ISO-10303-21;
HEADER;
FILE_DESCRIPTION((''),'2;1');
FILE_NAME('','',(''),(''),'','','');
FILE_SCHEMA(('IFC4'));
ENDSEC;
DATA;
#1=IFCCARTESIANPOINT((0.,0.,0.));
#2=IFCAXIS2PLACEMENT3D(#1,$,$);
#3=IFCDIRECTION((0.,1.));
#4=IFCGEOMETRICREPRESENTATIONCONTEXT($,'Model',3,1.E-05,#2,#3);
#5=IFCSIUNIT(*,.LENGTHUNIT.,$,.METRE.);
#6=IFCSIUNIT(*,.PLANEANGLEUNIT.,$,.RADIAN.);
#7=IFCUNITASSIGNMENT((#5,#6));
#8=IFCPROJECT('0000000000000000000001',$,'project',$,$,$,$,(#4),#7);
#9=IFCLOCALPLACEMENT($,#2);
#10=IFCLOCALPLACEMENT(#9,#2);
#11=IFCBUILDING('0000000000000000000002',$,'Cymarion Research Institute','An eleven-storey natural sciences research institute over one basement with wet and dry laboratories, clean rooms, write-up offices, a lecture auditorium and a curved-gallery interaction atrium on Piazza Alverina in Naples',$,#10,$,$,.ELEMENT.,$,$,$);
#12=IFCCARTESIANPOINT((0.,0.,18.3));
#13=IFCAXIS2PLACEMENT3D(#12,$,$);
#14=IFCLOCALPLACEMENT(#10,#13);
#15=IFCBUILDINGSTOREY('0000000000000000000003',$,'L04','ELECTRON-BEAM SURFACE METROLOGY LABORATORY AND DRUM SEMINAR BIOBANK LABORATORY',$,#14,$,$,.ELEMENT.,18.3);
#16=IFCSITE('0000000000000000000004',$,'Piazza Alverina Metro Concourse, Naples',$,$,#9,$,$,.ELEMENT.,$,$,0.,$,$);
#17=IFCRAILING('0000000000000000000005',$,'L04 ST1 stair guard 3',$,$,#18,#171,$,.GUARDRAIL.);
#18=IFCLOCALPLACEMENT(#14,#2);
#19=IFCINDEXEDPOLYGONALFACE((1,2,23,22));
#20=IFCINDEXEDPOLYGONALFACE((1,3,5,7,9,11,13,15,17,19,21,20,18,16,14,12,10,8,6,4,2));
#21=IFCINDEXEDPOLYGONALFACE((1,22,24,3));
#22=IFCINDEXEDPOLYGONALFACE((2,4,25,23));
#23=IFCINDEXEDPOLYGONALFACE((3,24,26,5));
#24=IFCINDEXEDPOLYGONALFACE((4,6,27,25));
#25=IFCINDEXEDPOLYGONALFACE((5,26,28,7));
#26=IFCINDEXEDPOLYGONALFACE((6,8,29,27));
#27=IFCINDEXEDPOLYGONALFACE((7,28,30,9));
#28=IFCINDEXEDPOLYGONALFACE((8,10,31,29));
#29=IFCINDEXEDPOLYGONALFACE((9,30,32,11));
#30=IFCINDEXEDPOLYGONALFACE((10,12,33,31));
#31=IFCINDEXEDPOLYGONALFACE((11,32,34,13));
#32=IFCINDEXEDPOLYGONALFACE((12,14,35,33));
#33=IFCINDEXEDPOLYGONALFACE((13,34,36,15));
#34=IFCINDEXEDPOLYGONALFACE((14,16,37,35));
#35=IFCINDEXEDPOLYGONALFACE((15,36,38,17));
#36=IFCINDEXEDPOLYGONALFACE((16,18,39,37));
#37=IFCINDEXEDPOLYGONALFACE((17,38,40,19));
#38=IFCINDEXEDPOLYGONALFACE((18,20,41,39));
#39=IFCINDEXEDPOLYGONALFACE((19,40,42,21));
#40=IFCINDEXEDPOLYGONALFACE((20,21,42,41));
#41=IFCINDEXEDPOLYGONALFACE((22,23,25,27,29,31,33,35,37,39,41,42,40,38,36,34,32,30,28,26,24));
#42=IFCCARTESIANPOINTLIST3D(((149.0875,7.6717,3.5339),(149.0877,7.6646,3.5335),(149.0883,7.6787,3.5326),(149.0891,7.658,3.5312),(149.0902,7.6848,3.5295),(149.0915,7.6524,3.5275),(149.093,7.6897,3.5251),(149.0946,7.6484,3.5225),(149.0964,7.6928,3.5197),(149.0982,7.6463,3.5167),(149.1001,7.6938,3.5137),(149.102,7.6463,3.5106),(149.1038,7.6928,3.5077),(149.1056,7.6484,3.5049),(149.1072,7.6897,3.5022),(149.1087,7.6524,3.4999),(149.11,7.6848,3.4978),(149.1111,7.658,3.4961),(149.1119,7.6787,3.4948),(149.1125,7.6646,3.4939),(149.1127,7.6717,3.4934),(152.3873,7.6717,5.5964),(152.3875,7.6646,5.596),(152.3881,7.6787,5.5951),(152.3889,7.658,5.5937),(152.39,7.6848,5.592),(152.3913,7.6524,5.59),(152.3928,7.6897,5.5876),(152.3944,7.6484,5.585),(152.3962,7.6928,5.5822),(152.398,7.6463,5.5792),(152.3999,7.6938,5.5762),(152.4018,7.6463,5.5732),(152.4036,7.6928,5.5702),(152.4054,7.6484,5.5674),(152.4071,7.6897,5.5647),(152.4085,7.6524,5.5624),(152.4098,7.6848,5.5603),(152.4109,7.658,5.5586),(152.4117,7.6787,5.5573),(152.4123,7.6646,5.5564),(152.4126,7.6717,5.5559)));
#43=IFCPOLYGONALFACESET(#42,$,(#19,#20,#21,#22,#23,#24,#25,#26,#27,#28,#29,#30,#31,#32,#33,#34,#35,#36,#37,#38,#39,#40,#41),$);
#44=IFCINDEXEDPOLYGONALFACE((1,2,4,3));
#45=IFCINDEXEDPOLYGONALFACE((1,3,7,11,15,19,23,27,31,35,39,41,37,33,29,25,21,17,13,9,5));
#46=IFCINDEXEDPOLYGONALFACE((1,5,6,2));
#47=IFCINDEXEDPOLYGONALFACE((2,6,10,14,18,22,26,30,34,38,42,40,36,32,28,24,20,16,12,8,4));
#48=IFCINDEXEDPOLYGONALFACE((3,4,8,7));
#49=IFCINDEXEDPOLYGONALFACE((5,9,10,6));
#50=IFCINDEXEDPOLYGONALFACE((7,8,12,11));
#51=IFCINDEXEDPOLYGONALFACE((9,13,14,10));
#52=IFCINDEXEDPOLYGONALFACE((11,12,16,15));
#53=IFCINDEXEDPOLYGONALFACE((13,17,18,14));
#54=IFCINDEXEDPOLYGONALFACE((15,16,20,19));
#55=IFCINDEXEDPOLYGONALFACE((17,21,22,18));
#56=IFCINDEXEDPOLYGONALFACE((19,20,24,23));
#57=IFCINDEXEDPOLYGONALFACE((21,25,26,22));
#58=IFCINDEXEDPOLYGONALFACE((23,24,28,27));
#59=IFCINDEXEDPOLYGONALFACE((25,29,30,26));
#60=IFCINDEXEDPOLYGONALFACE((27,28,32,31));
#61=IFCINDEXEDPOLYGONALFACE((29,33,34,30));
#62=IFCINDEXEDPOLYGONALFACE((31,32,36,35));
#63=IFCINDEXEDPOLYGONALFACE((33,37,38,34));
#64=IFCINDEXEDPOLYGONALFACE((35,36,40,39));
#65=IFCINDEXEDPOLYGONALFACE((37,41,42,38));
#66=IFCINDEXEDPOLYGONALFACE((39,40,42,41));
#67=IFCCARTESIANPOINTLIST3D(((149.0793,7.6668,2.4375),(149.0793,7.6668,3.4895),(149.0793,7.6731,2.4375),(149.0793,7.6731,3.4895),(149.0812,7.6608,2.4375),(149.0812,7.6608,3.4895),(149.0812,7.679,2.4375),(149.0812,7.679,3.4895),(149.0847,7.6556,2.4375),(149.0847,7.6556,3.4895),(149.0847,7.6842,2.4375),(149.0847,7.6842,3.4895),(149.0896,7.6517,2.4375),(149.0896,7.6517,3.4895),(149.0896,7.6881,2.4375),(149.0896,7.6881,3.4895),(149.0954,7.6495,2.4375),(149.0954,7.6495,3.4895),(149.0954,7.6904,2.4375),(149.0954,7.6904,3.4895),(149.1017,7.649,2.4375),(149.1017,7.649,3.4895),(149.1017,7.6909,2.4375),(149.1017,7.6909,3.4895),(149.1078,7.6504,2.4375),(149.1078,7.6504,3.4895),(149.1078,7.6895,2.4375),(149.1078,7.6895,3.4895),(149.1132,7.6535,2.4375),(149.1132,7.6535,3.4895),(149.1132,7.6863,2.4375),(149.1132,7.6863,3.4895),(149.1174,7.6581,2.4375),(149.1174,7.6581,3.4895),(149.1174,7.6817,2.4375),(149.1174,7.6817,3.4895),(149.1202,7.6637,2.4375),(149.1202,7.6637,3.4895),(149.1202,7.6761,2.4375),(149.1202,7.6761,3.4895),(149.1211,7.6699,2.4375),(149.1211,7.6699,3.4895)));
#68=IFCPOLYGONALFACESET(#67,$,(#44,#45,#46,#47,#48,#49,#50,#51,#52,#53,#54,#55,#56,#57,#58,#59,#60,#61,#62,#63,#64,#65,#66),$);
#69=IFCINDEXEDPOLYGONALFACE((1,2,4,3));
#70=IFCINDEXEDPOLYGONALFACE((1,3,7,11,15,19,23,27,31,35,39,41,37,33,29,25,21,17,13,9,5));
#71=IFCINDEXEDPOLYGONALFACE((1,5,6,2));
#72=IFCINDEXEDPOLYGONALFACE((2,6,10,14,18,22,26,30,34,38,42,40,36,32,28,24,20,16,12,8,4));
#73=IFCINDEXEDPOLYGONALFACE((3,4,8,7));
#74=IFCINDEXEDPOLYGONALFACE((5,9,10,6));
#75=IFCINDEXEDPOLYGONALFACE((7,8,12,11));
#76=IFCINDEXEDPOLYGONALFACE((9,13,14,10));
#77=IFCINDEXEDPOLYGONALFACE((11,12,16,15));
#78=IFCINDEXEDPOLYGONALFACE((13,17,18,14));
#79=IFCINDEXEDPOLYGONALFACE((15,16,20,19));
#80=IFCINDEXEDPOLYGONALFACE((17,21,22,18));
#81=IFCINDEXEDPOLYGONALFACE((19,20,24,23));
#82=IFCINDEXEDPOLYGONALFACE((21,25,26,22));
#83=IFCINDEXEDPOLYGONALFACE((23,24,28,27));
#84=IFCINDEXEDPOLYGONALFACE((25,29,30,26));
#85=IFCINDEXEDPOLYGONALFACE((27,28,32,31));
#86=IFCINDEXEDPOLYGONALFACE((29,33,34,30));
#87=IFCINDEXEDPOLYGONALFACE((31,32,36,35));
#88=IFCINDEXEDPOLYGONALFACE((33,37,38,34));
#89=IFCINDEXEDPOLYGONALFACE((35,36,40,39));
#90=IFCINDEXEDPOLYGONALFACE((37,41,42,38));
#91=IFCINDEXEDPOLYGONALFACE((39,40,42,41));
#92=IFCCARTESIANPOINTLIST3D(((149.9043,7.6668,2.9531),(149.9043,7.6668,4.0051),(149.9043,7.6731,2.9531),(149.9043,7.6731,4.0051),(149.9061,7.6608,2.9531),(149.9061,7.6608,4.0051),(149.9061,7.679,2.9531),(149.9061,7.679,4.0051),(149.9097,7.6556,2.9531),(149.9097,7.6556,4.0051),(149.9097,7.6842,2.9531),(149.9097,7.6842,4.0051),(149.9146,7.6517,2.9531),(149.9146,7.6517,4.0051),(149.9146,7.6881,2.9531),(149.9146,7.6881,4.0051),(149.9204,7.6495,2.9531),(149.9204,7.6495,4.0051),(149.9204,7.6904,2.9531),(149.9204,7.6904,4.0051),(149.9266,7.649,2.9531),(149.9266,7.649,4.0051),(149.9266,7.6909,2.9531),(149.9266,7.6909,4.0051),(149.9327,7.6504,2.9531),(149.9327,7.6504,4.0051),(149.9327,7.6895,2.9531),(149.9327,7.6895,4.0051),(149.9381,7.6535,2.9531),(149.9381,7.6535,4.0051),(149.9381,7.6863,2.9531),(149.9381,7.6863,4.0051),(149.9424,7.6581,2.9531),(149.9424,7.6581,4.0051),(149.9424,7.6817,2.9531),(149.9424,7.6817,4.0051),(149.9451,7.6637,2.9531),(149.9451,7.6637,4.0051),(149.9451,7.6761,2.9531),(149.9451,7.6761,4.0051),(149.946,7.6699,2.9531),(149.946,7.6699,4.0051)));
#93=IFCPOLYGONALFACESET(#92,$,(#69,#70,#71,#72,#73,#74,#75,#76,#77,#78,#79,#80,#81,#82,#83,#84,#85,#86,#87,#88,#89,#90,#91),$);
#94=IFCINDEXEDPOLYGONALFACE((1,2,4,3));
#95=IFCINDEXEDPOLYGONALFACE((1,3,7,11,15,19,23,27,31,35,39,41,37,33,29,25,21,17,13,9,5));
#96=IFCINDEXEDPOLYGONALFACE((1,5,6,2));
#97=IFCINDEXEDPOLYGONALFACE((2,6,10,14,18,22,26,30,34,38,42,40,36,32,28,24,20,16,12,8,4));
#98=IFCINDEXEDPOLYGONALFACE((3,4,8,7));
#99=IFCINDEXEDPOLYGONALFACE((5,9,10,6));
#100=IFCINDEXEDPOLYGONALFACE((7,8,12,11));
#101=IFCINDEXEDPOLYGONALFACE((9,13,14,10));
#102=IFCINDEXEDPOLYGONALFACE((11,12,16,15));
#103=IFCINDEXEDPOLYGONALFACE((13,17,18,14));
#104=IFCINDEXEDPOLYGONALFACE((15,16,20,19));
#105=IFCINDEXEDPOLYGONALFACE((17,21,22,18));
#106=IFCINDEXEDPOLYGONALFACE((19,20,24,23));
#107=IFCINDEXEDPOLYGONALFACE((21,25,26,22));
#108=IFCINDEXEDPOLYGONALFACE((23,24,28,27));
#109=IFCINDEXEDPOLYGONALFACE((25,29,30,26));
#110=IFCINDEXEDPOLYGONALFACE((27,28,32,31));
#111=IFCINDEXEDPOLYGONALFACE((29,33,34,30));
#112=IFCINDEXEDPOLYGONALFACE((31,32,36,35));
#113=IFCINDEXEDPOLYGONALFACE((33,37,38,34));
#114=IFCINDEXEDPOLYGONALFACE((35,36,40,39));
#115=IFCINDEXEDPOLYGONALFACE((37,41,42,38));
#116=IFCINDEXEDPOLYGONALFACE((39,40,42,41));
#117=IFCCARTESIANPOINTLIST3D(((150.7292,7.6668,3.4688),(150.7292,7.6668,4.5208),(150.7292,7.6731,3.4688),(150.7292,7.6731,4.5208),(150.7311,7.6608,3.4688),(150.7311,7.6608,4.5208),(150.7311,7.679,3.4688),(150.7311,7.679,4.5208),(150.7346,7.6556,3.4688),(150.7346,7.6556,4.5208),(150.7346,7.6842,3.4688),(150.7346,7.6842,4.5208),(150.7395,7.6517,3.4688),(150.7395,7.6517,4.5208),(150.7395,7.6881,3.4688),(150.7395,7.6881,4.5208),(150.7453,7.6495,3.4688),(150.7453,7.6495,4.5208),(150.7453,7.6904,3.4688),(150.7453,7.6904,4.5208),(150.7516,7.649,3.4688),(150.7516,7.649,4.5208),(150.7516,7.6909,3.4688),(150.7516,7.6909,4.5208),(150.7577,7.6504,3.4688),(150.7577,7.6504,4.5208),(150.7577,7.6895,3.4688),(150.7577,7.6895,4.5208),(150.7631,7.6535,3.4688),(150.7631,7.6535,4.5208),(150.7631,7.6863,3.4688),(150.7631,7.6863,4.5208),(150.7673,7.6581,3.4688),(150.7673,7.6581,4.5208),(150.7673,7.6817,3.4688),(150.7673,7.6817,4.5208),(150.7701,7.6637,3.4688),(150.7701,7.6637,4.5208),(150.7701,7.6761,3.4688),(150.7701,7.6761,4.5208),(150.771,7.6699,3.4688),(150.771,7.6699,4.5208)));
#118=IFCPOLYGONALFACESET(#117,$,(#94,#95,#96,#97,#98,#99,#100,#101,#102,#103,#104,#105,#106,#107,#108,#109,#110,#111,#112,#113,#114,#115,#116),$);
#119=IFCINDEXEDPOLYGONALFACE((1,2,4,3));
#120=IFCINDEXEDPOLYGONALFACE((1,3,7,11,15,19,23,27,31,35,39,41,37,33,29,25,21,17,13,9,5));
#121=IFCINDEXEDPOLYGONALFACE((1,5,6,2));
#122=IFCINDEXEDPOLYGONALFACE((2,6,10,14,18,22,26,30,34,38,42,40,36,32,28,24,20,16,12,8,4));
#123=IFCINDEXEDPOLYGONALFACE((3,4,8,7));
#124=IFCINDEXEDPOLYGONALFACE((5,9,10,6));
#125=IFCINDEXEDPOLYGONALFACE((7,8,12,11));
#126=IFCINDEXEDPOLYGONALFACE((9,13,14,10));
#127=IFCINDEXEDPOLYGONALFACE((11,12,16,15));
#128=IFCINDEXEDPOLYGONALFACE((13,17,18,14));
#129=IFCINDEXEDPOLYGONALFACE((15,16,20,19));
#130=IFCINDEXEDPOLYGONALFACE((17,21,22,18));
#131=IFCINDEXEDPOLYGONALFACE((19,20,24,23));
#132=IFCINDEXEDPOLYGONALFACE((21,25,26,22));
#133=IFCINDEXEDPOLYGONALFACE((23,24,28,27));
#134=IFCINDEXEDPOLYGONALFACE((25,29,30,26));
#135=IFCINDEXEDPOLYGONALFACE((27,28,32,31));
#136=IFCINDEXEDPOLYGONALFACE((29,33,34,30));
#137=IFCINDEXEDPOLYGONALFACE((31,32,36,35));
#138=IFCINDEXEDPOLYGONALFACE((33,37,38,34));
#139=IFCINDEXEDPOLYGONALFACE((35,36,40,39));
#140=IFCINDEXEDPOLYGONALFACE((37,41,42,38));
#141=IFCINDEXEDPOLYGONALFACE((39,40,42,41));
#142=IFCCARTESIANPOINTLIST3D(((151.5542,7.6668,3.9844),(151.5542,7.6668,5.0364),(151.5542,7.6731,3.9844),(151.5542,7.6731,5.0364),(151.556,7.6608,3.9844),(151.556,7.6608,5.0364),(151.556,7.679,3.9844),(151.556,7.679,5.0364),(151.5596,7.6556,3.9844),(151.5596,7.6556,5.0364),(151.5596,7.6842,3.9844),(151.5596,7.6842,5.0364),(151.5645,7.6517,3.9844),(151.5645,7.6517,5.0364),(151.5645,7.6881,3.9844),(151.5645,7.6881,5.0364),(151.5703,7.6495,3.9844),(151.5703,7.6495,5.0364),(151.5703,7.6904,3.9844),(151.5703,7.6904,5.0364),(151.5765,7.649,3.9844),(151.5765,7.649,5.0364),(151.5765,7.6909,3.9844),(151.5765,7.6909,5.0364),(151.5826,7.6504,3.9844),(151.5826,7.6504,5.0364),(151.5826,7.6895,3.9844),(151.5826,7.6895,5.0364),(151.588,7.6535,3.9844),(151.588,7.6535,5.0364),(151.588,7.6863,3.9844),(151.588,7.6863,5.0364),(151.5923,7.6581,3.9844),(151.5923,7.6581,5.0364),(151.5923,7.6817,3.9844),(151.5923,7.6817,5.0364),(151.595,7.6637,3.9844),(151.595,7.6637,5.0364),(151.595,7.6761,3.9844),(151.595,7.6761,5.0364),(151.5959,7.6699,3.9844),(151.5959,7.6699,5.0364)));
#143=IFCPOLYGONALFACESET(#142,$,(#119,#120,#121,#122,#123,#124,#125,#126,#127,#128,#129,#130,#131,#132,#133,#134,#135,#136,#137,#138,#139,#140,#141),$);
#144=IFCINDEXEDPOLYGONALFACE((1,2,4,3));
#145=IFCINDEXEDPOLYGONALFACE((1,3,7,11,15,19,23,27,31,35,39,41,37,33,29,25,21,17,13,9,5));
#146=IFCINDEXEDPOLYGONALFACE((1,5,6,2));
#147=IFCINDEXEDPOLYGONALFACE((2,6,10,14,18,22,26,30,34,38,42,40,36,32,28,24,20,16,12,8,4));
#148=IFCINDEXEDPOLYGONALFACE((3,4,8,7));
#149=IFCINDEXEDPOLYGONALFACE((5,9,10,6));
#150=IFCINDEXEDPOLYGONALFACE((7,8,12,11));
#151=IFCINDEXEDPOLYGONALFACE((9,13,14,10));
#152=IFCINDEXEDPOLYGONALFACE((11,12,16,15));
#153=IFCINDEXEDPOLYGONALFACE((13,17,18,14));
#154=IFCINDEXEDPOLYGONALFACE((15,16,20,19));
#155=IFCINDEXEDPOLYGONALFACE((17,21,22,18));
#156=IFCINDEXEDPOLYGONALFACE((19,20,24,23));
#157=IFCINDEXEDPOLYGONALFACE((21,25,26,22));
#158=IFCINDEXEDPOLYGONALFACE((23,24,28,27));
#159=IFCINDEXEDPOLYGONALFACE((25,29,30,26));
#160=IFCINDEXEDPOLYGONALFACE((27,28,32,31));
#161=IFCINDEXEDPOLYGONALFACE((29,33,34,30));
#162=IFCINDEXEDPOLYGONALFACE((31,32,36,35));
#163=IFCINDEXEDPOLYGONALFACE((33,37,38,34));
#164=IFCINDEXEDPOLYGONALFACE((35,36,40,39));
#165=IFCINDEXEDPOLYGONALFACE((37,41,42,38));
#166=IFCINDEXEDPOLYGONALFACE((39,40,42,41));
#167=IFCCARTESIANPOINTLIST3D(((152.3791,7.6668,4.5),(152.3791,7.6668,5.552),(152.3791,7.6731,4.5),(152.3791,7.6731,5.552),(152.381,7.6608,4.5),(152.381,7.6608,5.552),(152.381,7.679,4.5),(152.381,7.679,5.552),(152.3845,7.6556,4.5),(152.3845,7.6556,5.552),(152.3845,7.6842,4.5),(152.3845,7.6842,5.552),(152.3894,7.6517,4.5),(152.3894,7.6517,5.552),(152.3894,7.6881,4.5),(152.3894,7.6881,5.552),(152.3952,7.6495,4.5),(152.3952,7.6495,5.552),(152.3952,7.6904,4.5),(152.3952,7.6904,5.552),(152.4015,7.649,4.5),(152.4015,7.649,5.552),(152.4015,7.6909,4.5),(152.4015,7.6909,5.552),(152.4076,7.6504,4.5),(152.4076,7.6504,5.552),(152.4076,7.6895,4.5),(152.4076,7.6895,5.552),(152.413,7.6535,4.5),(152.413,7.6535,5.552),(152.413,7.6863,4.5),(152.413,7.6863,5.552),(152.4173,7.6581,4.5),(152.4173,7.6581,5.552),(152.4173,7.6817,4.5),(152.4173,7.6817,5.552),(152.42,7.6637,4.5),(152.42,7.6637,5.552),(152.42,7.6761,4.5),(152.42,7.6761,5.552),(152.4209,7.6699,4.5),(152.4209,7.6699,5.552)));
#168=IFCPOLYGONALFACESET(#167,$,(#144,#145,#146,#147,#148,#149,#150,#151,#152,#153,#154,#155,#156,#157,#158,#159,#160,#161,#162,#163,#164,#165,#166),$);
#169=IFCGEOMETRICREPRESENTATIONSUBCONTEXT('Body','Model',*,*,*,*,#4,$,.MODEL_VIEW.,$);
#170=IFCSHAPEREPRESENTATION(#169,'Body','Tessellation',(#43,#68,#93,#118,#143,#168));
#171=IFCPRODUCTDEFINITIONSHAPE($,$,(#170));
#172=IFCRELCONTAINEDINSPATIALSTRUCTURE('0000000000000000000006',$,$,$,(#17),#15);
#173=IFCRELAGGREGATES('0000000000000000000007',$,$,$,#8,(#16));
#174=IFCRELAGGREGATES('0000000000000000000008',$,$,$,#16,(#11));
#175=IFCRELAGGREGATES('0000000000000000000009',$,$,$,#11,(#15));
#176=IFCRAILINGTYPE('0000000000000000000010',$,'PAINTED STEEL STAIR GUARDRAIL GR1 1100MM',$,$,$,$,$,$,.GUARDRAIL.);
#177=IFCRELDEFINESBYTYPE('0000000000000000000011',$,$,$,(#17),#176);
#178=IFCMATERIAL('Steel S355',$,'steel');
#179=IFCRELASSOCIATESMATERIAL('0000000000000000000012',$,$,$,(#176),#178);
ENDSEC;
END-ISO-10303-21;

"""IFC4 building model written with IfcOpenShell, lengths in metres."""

from ifc_helpers import new_model, si_unit, direction, frame, origin, origin_2d, place, context, subcontext, project, spatial, circle, extrude, material, type_object, element, save


model = new_model("IFC4")

# Units and contexts
model_context = context("Model", 3, precision=1e-05, world=origin(), true_north=direction((0.0, 1.0)))
body_context = subcontext(model_context, "Body", "Model", "MODEL_VIEW")
ifc_project = project(units=[si_unit("LENGTHUNIT", "METRE"), si_unit("PLANEANGLEUNIT", "RADIAN")], contexts=[model_context])

# Site, building, storey
site_placement = place(None, origin())
site = spatial("IfcSite", under=ifc_project, at=site_placement, Name="Piazza Alverina Metro Concourse, Naples", CompositionType="ELEMENT", RefElevation=0.0)
building_placement = place(site_placement, origin())
building = spatial("IfcBuilding", under=site, at=building_placement, Name="Cymarion Research Institute", Description="An eleven-storey natural sciences research institute over one basement with wet and dry laboratories, clean rooms, write-up offices, a lecture auditorium and a curved-gallery interaction atrium on Piazza Alverina in Naples", CompositionType="ELEMENT")
storey_placement = place(building_placement, frame((0.0, 0.0, 18.3)))
storey = spatial("IfcBuildingStorey", under=building, at=storey_placement, Name="L04", Description="ELECTRON-BEAM SURFACE METROLOGY LABORATORY AND DRUM SEMINAR BIOBANK LABORATORY", CompositionType="ELEMENT", Elevation=18.3)

# Shared definitions
ifc_material_1 = material(Name="Steel S355", Category="steel")

# Railing
railing_type_1 = type_object("IfcRailingType", Name="PAINTED STEEL STAIR GUARDRAIL GR1 1100MM", PredefinedType="GUARDRAIL", material=ifc_material_1)
railing_1_placement = place(storey_placement, frame((149.1001, 7.6699, 2.4375)))
element("IfcRailing", 1, at=railing_1_placement, inside=storey, type_object=railing_type_1, Name="L04 ST1 stair guard 3", PredefinedType="GUARDRAIL", context=body_context, shape_type="SweptSolid", body=[
    extrude(circle(Radius=0.0239, at=origin_2d()), frame((0.0, 0.0, 1.0762), z_axis=(0.847984, 0.0, 0.530021), x_axis=(0.0, 1.0, 0.0)), (0.0, 0.0, 1.0), 3.8914),
    extrude(circle(Radius=0.021, at=origin_2d()), origin(), (0.0, 0.0, 1.0), 1.052),
    extrude(circle(Radius=0.021, at=origin_2d()), frame((0.825, 0.0, 0.5156)), (0.0, 0.0, 1.0), 1.052),
    extrude(circle(Radius=0.021, at=origin_2d()), frame((1.6499, 0.0, 1.0312)), (0.0, 0.0, 1.0), 1.052),
    extrude(circle(Radius=0.021, at=origin_2d()), frame((2.4749, 0.0, 1.5469)), (0.0, 0.0, 1.0), 1.052),
    extrude(circle(Radius=0.021, at=origin_2d()), frame((3.2998, 0.0, 2.0625)), (0.0, 0.0, 1.0), 1.052),
])

save(model, "model.ifc")
